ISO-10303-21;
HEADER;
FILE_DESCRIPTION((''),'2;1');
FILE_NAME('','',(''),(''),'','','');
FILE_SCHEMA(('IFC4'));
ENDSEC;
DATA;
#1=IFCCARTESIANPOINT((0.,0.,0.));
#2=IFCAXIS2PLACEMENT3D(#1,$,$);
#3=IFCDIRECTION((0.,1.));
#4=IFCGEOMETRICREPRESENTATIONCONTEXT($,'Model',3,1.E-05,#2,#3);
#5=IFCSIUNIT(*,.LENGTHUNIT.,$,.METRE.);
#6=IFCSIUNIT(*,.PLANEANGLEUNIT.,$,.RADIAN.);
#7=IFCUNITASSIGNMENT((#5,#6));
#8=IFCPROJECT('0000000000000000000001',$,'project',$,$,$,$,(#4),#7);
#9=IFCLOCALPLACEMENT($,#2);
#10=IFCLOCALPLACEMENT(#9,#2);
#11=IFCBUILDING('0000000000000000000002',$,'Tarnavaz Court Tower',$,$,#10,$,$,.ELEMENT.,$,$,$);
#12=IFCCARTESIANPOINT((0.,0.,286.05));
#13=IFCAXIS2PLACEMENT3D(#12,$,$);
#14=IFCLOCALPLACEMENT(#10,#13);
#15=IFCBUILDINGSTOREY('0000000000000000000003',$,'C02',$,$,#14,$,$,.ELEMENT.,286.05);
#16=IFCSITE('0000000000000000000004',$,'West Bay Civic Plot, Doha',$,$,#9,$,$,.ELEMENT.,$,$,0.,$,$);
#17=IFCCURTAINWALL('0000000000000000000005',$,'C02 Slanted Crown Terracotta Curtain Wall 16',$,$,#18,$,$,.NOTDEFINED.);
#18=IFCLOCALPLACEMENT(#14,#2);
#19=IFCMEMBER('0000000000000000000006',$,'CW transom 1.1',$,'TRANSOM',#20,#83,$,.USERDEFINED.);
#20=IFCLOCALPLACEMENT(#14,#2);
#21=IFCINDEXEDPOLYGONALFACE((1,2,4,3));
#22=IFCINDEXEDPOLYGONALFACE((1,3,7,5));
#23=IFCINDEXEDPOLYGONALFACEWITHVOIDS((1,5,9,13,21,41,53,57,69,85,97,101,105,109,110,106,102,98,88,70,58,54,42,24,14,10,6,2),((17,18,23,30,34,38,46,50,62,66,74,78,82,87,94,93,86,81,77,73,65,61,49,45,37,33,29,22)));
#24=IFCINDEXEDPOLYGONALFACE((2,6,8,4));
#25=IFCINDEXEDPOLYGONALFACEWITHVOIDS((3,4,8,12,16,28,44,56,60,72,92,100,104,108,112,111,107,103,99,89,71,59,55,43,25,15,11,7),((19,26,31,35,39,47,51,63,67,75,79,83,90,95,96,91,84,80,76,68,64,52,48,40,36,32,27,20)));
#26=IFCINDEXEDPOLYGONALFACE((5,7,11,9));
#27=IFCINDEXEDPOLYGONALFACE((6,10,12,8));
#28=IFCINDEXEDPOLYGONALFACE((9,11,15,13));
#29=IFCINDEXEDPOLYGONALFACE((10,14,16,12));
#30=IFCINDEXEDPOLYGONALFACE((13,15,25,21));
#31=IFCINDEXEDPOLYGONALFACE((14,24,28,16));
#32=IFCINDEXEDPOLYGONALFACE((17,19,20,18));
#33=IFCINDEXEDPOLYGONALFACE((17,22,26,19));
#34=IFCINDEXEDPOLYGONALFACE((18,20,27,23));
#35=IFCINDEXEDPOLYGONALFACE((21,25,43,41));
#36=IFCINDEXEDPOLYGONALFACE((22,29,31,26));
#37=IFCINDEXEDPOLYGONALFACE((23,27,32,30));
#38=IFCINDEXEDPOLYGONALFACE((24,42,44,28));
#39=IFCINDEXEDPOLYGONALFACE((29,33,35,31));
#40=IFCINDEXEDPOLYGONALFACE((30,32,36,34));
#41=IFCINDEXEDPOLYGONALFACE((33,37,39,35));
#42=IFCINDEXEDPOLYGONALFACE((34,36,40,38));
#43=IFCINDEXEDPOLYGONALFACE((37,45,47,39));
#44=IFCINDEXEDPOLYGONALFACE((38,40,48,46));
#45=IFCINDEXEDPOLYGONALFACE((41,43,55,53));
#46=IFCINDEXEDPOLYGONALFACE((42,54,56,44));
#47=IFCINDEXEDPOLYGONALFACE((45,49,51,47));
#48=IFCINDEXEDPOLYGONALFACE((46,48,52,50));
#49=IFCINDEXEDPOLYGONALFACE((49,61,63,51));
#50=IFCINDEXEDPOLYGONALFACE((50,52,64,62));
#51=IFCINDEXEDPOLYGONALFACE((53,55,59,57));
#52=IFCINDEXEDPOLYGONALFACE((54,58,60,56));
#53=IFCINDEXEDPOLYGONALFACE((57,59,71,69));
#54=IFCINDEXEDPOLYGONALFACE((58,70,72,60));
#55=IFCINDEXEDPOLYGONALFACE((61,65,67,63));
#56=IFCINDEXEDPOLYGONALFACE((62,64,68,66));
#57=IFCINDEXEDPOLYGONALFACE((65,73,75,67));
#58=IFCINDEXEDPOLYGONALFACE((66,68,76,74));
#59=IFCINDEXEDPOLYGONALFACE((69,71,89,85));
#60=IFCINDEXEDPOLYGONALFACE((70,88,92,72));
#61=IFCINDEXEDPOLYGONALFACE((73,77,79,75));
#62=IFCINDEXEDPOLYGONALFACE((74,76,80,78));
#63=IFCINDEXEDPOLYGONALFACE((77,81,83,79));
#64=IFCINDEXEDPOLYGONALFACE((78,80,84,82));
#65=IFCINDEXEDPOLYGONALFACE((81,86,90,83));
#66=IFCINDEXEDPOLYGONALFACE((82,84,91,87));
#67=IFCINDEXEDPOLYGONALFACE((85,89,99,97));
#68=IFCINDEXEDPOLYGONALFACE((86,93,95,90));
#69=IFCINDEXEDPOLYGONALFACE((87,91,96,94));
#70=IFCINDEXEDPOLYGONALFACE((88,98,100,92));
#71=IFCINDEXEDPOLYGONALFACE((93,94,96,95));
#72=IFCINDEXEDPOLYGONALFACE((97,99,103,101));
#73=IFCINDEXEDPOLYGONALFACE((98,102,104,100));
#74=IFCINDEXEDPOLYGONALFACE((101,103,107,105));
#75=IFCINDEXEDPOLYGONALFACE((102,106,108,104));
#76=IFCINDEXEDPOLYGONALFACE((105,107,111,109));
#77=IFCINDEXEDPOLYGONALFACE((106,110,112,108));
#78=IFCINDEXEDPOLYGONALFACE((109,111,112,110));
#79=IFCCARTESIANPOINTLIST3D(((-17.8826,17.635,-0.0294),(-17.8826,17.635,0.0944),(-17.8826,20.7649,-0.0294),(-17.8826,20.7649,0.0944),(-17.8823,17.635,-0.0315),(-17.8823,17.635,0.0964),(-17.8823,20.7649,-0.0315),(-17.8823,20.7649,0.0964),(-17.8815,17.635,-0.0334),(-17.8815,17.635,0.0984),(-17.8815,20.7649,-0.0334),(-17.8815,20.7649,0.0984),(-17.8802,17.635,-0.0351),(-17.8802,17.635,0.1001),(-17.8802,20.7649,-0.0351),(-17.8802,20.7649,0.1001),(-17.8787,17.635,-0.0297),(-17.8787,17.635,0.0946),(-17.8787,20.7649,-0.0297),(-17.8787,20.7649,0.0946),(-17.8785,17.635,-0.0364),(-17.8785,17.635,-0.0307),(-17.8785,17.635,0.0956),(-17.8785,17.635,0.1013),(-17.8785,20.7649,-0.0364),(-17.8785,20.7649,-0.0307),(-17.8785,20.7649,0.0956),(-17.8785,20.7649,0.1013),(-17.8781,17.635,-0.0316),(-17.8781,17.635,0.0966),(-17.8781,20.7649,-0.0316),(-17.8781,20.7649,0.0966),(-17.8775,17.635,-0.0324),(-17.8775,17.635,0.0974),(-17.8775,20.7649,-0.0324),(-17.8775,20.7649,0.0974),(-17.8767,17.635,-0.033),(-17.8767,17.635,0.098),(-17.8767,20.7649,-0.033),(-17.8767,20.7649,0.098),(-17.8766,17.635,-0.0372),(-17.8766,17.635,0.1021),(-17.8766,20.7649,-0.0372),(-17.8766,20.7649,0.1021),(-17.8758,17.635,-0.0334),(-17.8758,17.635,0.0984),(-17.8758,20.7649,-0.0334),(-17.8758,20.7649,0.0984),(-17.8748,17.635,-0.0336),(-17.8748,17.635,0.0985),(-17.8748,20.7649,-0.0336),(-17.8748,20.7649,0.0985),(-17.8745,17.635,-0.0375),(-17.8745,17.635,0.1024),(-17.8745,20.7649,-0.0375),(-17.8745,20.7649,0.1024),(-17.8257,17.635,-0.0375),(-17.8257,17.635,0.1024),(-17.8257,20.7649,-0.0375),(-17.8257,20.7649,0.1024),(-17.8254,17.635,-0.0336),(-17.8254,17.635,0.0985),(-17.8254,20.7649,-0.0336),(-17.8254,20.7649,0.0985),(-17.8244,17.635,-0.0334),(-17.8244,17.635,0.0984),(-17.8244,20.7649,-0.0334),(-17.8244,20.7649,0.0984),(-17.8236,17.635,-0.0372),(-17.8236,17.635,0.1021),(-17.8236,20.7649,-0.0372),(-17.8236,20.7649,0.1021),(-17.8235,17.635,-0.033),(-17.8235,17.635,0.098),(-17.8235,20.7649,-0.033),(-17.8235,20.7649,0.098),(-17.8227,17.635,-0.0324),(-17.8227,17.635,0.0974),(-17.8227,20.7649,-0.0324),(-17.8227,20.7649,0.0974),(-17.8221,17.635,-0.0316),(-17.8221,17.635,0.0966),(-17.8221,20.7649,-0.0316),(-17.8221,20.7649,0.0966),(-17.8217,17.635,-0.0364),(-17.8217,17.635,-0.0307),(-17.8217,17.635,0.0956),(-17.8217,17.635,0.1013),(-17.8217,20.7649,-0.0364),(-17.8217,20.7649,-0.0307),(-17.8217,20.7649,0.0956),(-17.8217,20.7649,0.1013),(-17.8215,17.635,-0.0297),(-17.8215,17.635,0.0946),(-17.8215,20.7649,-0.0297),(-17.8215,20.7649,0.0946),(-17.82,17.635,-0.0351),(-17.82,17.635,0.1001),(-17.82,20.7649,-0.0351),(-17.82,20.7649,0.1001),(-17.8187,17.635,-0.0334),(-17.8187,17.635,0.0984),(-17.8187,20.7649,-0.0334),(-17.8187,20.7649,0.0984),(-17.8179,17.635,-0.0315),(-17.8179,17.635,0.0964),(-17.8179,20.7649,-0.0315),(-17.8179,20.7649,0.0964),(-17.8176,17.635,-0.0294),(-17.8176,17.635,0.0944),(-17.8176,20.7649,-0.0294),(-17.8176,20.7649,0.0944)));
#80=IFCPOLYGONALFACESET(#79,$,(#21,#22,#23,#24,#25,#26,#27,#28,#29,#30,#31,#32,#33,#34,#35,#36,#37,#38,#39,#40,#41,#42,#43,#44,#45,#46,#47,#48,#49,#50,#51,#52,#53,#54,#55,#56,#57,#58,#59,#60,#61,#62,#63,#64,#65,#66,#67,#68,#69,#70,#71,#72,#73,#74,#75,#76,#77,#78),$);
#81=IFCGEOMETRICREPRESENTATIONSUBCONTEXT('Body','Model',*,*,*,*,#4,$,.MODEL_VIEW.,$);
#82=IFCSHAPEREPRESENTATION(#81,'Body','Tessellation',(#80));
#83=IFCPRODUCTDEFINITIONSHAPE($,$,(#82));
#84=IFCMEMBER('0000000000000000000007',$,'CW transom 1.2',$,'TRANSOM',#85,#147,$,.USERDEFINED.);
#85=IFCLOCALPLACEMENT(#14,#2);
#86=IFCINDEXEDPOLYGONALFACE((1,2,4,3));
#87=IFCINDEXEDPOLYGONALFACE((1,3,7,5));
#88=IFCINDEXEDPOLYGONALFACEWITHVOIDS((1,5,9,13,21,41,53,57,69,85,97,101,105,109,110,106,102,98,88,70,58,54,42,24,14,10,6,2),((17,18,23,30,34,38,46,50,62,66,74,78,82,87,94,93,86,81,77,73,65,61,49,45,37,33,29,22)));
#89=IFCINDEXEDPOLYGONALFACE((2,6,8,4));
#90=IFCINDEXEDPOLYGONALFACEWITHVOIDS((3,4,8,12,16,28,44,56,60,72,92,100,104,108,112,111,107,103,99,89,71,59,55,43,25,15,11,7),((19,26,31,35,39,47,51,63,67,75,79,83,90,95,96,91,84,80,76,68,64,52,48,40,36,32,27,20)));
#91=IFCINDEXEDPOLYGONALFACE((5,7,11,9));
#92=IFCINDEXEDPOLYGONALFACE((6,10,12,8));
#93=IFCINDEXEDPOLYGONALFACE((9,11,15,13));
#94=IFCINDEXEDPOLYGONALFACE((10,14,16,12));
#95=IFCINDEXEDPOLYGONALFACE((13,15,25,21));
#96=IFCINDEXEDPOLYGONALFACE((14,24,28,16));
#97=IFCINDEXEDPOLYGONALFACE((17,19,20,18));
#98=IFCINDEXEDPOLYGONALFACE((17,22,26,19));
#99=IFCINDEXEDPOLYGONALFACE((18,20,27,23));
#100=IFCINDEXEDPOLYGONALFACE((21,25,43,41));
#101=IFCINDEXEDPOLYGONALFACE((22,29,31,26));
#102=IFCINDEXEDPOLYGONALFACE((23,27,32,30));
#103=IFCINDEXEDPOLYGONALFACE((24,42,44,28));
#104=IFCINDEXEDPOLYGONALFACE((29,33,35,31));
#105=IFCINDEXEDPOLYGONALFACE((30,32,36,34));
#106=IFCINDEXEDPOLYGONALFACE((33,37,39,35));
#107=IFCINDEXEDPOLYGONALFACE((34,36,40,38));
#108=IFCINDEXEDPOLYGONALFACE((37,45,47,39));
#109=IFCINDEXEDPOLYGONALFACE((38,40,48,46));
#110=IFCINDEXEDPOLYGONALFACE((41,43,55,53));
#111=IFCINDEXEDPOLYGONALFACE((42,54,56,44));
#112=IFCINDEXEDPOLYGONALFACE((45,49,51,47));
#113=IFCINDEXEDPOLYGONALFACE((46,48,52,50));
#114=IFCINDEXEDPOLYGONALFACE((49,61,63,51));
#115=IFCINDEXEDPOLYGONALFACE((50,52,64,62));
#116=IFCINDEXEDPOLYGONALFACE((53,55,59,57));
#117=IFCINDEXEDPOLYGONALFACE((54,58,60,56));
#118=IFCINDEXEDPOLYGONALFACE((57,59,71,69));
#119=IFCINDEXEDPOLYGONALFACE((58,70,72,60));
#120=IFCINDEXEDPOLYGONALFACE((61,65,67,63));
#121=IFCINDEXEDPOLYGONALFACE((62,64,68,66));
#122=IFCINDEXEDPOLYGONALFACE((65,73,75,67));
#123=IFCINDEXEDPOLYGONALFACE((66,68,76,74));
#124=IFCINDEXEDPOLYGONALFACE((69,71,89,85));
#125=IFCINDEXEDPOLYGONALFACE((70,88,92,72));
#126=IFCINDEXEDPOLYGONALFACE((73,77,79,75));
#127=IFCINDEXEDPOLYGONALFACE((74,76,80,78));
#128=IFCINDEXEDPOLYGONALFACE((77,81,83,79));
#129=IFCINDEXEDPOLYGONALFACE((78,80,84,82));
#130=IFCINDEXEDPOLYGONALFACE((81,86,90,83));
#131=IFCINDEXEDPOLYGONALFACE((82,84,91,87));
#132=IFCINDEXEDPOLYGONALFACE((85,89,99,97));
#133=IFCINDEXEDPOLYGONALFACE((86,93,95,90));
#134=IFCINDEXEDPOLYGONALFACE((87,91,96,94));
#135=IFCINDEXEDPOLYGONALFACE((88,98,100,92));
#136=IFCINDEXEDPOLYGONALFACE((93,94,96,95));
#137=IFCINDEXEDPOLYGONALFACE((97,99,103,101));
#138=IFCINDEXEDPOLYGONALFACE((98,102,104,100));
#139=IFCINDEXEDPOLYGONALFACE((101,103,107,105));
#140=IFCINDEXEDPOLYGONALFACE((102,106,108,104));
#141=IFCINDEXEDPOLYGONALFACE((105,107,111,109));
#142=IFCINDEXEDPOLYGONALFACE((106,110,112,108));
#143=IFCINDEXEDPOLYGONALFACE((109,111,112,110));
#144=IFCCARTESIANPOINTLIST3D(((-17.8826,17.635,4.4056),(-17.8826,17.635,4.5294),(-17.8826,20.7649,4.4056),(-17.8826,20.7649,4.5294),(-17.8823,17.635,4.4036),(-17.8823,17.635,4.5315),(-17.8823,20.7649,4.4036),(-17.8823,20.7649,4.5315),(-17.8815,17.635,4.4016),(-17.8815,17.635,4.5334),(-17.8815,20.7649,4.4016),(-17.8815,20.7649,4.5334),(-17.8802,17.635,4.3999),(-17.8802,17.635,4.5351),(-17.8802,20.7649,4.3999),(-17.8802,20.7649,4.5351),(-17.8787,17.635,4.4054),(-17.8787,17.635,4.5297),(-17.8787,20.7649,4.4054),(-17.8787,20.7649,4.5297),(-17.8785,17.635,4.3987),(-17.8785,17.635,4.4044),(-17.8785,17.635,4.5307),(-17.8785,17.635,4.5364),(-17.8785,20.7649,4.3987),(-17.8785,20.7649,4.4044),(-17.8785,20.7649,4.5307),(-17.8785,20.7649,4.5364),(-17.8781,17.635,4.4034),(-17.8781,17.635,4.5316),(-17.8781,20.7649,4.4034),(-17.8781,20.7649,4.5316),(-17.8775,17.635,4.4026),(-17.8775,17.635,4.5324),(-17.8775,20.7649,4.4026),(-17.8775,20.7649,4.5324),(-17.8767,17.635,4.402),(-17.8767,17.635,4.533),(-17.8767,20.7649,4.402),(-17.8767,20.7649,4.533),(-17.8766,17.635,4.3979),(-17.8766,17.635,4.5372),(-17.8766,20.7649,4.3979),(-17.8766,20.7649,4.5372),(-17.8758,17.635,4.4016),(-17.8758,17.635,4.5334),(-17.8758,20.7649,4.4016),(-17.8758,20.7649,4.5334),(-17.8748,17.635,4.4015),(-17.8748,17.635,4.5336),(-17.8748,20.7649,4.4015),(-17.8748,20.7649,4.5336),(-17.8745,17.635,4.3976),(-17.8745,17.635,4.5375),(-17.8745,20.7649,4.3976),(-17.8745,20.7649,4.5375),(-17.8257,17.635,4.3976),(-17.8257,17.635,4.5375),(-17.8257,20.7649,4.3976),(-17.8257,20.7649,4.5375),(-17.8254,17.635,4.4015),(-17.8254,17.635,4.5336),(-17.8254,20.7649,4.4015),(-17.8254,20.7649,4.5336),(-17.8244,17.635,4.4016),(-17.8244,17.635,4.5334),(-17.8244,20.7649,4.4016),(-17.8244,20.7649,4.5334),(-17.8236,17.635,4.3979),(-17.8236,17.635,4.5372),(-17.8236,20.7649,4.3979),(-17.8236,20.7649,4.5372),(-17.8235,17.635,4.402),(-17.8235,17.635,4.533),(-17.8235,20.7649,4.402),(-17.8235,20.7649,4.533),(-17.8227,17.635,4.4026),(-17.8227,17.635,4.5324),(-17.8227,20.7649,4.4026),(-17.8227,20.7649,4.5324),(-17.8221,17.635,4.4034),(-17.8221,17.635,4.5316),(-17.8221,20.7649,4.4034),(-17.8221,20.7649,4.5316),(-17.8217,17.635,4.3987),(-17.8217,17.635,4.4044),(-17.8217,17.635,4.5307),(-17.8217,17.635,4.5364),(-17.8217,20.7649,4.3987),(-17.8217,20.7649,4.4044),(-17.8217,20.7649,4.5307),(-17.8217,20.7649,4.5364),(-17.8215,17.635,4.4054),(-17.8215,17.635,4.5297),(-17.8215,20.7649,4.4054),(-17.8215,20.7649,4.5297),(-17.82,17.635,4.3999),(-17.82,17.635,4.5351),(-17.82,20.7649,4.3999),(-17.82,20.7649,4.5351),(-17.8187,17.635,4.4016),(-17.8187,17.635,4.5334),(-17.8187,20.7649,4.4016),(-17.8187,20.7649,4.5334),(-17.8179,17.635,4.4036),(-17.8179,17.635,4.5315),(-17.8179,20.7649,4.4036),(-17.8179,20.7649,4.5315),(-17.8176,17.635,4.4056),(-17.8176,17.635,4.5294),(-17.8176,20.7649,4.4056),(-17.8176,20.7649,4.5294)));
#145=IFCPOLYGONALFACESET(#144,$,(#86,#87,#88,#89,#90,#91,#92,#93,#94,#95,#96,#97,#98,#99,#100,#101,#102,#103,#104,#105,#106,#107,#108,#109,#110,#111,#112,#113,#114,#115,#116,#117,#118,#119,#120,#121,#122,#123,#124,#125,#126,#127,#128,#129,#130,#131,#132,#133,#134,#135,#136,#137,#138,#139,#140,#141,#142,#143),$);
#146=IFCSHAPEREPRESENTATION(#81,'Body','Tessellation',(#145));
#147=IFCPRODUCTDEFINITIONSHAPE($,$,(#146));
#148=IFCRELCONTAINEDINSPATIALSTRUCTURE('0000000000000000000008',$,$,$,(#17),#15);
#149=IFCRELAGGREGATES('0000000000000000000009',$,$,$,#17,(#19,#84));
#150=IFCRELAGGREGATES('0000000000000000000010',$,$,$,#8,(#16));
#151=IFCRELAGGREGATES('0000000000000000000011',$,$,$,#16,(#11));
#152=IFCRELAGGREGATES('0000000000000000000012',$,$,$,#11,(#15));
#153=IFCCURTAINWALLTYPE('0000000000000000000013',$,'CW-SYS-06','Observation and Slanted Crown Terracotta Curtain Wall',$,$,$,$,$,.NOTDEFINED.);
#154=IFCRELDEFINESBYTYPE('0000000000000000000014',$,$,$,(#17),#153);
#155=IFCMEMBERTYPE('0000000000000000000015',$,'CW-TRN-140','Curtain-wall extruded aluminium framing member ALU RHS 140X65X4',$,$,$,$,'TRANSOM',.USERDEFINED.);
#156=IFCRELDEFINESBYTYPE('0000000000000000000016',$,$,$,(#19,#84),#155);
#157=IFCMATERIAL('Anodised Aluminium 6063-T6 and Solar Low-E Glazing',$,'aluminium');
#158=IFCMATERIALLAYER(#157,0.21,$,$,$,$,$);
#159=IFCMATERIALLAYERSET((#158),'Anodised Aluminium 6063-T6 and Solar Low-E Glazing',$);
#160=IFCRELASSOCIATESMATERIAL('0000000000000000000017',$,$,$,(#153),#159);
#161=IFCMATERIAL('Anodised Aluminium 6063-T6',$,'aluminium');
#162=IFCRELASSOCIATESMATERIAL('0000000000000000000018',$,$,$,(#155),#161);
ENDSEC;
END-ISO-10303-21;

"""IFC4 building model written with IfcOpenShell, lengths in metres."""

from ifc_helpers import new_model, si_unit, direction, frame, origin, origin_2d, place, context, subcontext, project, spatial, hollow_rectangle, extrude, material, layer, layer_set, material_profile, profile_set, type_object, element, aggregate, save


model = new_model("IFC4")

# Units and contexts
model_context = context("Model", 3, precision=1e-05, world=origin(), true_north=direction((0.0, 1.0)))
body_context = subcontext(model_context, "Body", "Model", "MODEL_VIEW")
ifc_project = project(units=[si_unit("LENGTHUNIT", "METRE"), si_unit("PLANEANGLEUNIT", "RADIAN")], contexts=[model_context])

# Site, building, storey
site_placement = place(None, origin())
site = spatial("IfcSite", under=ifc_project, at=site_placement, Name="West Bay Civic Plot, Doha", CompositionType="ELEMENT", RefElevation=0.0)
building_placement = place(site_placement, origin())
building = spatial("IfcBuilding", under=site, at=building_placement, Name="Tarnavaz Court Tower", CompositionType="ELEMENT")
storey_placement = place(building_placement, frame((0.0, 0.0, 286.05)))
storey = spatial("IfcBuildingStorey", under=building, at=storey_placement, Name="C02", CompositionType="ELEMENT", Elevation=286.05)

# Curtain wall
ifc_material_1 = material(Name="Anodised Aluminium 6063-T6 and Solar Low-E Glazing", Category="aluminium")
ifc_layer_1 = layer(ifc_material_1, 0.21)
ifc_layer_set_1 = layer_set([ifc_layer_1], Name="Anodised Aluminium 6063-T6 and Solar Low-E Glazing")
curtain_wall_type = type_object("IfcCurtainWallType", Name="CW-SYS-06", Description="Observation and Slanted Crown Terracotta Curtain Wall", PredefinedType="NOTDEFINED", material=ifc_layer_set_1)
ifc_material_2 = material(Name="Anodised Aluminium 6063-T6", Category="aluminium")
curtain_wall_1_placement = place(storey_placement, origin())
curtain_wall_1 = element("IfcCurtainWall", 1, at=curtain_wall_1_placement, inside=storey, type_object=curtain_wall_type, Name="C02 Slanted Crown Terracotta Curtain Wall 16", PredefinedType="NOTDEFINED")

# Members
ifc_material_profile_1 = material_profile(ifc_material_2, hollow_rectangle(XDim=0.0649, YDim=0.1399, WallThickness=0.0039, InnerFilletRadius=0.0039, OuterFilletRadius=0.0081, at=origin_2d()), Name="ALU RHS 140X65X4")
ifc_profile_set_1 = profile_set([ifc_material_profile_1], Name="Anodised Aluminium 6063-T6")
member_type_1 = type_object("IfcMemberType", Name="CW-TRN-140", Description="Curtain-wall extruded aluminium framing member ALU RHS 140X65X4", ElementType="TRANSOM", PredefinedType="USERDEFINED", material=ifc_profile_set_1)
member_1_placement = place(storey_placement, frame((-17.8501, 17.635, 0.0325), z_axis=(0.0, 1.0, 0.0), x_axis=(-1.0, 0.0, 0.0)))
member_1 = element("IfcMember", 2, at=member_1_placement, type_object=member_type_1, Name="CW transom 1.1", ObjectType="TRANSOM", PredefinedType="USERDEFINED", context=body_context, shape_type="SweptSolid", body=[
    extrude(hollow_rectangle(XDim=0.0649, YDim=0.1399, WallThickness=0.0039, InnerFilletRadius=0.0039, OuterFilletRadius=0.0081, at=origin_2d()), origin(), (0.0, 0.0, 1.0), 3.1299),
])
member_2_placement = place(storey_placement, frame((-17.8501, 17.635, 4.4675), z_axis=(0.0, 1.0, 0.0), x_axis=(-1.0, 0.0, 0.0)))
member_2 = element("IfcMember", 3, at=member_2_placement, type_object=member_type_1, Name="CW transom 1.2", ObjectType="TRANSOM", PredefinedType="USERDEFINED", context=body_context, shape_type="SweptSolid", body=[
    extrude(hollow_rectangle(XDim=0.0649, YDim=0.1399, WallThickness=0.0039, InnerFilletRadius=0.0039, OuterFilletRadius=0.0081, at=origin_2d()), origin(), (0.0, 0.0, 1.0), 3.1299),
])

aggregate(curtain_wall_1, [member_1, member_2])

save(model, "model.ifc")
